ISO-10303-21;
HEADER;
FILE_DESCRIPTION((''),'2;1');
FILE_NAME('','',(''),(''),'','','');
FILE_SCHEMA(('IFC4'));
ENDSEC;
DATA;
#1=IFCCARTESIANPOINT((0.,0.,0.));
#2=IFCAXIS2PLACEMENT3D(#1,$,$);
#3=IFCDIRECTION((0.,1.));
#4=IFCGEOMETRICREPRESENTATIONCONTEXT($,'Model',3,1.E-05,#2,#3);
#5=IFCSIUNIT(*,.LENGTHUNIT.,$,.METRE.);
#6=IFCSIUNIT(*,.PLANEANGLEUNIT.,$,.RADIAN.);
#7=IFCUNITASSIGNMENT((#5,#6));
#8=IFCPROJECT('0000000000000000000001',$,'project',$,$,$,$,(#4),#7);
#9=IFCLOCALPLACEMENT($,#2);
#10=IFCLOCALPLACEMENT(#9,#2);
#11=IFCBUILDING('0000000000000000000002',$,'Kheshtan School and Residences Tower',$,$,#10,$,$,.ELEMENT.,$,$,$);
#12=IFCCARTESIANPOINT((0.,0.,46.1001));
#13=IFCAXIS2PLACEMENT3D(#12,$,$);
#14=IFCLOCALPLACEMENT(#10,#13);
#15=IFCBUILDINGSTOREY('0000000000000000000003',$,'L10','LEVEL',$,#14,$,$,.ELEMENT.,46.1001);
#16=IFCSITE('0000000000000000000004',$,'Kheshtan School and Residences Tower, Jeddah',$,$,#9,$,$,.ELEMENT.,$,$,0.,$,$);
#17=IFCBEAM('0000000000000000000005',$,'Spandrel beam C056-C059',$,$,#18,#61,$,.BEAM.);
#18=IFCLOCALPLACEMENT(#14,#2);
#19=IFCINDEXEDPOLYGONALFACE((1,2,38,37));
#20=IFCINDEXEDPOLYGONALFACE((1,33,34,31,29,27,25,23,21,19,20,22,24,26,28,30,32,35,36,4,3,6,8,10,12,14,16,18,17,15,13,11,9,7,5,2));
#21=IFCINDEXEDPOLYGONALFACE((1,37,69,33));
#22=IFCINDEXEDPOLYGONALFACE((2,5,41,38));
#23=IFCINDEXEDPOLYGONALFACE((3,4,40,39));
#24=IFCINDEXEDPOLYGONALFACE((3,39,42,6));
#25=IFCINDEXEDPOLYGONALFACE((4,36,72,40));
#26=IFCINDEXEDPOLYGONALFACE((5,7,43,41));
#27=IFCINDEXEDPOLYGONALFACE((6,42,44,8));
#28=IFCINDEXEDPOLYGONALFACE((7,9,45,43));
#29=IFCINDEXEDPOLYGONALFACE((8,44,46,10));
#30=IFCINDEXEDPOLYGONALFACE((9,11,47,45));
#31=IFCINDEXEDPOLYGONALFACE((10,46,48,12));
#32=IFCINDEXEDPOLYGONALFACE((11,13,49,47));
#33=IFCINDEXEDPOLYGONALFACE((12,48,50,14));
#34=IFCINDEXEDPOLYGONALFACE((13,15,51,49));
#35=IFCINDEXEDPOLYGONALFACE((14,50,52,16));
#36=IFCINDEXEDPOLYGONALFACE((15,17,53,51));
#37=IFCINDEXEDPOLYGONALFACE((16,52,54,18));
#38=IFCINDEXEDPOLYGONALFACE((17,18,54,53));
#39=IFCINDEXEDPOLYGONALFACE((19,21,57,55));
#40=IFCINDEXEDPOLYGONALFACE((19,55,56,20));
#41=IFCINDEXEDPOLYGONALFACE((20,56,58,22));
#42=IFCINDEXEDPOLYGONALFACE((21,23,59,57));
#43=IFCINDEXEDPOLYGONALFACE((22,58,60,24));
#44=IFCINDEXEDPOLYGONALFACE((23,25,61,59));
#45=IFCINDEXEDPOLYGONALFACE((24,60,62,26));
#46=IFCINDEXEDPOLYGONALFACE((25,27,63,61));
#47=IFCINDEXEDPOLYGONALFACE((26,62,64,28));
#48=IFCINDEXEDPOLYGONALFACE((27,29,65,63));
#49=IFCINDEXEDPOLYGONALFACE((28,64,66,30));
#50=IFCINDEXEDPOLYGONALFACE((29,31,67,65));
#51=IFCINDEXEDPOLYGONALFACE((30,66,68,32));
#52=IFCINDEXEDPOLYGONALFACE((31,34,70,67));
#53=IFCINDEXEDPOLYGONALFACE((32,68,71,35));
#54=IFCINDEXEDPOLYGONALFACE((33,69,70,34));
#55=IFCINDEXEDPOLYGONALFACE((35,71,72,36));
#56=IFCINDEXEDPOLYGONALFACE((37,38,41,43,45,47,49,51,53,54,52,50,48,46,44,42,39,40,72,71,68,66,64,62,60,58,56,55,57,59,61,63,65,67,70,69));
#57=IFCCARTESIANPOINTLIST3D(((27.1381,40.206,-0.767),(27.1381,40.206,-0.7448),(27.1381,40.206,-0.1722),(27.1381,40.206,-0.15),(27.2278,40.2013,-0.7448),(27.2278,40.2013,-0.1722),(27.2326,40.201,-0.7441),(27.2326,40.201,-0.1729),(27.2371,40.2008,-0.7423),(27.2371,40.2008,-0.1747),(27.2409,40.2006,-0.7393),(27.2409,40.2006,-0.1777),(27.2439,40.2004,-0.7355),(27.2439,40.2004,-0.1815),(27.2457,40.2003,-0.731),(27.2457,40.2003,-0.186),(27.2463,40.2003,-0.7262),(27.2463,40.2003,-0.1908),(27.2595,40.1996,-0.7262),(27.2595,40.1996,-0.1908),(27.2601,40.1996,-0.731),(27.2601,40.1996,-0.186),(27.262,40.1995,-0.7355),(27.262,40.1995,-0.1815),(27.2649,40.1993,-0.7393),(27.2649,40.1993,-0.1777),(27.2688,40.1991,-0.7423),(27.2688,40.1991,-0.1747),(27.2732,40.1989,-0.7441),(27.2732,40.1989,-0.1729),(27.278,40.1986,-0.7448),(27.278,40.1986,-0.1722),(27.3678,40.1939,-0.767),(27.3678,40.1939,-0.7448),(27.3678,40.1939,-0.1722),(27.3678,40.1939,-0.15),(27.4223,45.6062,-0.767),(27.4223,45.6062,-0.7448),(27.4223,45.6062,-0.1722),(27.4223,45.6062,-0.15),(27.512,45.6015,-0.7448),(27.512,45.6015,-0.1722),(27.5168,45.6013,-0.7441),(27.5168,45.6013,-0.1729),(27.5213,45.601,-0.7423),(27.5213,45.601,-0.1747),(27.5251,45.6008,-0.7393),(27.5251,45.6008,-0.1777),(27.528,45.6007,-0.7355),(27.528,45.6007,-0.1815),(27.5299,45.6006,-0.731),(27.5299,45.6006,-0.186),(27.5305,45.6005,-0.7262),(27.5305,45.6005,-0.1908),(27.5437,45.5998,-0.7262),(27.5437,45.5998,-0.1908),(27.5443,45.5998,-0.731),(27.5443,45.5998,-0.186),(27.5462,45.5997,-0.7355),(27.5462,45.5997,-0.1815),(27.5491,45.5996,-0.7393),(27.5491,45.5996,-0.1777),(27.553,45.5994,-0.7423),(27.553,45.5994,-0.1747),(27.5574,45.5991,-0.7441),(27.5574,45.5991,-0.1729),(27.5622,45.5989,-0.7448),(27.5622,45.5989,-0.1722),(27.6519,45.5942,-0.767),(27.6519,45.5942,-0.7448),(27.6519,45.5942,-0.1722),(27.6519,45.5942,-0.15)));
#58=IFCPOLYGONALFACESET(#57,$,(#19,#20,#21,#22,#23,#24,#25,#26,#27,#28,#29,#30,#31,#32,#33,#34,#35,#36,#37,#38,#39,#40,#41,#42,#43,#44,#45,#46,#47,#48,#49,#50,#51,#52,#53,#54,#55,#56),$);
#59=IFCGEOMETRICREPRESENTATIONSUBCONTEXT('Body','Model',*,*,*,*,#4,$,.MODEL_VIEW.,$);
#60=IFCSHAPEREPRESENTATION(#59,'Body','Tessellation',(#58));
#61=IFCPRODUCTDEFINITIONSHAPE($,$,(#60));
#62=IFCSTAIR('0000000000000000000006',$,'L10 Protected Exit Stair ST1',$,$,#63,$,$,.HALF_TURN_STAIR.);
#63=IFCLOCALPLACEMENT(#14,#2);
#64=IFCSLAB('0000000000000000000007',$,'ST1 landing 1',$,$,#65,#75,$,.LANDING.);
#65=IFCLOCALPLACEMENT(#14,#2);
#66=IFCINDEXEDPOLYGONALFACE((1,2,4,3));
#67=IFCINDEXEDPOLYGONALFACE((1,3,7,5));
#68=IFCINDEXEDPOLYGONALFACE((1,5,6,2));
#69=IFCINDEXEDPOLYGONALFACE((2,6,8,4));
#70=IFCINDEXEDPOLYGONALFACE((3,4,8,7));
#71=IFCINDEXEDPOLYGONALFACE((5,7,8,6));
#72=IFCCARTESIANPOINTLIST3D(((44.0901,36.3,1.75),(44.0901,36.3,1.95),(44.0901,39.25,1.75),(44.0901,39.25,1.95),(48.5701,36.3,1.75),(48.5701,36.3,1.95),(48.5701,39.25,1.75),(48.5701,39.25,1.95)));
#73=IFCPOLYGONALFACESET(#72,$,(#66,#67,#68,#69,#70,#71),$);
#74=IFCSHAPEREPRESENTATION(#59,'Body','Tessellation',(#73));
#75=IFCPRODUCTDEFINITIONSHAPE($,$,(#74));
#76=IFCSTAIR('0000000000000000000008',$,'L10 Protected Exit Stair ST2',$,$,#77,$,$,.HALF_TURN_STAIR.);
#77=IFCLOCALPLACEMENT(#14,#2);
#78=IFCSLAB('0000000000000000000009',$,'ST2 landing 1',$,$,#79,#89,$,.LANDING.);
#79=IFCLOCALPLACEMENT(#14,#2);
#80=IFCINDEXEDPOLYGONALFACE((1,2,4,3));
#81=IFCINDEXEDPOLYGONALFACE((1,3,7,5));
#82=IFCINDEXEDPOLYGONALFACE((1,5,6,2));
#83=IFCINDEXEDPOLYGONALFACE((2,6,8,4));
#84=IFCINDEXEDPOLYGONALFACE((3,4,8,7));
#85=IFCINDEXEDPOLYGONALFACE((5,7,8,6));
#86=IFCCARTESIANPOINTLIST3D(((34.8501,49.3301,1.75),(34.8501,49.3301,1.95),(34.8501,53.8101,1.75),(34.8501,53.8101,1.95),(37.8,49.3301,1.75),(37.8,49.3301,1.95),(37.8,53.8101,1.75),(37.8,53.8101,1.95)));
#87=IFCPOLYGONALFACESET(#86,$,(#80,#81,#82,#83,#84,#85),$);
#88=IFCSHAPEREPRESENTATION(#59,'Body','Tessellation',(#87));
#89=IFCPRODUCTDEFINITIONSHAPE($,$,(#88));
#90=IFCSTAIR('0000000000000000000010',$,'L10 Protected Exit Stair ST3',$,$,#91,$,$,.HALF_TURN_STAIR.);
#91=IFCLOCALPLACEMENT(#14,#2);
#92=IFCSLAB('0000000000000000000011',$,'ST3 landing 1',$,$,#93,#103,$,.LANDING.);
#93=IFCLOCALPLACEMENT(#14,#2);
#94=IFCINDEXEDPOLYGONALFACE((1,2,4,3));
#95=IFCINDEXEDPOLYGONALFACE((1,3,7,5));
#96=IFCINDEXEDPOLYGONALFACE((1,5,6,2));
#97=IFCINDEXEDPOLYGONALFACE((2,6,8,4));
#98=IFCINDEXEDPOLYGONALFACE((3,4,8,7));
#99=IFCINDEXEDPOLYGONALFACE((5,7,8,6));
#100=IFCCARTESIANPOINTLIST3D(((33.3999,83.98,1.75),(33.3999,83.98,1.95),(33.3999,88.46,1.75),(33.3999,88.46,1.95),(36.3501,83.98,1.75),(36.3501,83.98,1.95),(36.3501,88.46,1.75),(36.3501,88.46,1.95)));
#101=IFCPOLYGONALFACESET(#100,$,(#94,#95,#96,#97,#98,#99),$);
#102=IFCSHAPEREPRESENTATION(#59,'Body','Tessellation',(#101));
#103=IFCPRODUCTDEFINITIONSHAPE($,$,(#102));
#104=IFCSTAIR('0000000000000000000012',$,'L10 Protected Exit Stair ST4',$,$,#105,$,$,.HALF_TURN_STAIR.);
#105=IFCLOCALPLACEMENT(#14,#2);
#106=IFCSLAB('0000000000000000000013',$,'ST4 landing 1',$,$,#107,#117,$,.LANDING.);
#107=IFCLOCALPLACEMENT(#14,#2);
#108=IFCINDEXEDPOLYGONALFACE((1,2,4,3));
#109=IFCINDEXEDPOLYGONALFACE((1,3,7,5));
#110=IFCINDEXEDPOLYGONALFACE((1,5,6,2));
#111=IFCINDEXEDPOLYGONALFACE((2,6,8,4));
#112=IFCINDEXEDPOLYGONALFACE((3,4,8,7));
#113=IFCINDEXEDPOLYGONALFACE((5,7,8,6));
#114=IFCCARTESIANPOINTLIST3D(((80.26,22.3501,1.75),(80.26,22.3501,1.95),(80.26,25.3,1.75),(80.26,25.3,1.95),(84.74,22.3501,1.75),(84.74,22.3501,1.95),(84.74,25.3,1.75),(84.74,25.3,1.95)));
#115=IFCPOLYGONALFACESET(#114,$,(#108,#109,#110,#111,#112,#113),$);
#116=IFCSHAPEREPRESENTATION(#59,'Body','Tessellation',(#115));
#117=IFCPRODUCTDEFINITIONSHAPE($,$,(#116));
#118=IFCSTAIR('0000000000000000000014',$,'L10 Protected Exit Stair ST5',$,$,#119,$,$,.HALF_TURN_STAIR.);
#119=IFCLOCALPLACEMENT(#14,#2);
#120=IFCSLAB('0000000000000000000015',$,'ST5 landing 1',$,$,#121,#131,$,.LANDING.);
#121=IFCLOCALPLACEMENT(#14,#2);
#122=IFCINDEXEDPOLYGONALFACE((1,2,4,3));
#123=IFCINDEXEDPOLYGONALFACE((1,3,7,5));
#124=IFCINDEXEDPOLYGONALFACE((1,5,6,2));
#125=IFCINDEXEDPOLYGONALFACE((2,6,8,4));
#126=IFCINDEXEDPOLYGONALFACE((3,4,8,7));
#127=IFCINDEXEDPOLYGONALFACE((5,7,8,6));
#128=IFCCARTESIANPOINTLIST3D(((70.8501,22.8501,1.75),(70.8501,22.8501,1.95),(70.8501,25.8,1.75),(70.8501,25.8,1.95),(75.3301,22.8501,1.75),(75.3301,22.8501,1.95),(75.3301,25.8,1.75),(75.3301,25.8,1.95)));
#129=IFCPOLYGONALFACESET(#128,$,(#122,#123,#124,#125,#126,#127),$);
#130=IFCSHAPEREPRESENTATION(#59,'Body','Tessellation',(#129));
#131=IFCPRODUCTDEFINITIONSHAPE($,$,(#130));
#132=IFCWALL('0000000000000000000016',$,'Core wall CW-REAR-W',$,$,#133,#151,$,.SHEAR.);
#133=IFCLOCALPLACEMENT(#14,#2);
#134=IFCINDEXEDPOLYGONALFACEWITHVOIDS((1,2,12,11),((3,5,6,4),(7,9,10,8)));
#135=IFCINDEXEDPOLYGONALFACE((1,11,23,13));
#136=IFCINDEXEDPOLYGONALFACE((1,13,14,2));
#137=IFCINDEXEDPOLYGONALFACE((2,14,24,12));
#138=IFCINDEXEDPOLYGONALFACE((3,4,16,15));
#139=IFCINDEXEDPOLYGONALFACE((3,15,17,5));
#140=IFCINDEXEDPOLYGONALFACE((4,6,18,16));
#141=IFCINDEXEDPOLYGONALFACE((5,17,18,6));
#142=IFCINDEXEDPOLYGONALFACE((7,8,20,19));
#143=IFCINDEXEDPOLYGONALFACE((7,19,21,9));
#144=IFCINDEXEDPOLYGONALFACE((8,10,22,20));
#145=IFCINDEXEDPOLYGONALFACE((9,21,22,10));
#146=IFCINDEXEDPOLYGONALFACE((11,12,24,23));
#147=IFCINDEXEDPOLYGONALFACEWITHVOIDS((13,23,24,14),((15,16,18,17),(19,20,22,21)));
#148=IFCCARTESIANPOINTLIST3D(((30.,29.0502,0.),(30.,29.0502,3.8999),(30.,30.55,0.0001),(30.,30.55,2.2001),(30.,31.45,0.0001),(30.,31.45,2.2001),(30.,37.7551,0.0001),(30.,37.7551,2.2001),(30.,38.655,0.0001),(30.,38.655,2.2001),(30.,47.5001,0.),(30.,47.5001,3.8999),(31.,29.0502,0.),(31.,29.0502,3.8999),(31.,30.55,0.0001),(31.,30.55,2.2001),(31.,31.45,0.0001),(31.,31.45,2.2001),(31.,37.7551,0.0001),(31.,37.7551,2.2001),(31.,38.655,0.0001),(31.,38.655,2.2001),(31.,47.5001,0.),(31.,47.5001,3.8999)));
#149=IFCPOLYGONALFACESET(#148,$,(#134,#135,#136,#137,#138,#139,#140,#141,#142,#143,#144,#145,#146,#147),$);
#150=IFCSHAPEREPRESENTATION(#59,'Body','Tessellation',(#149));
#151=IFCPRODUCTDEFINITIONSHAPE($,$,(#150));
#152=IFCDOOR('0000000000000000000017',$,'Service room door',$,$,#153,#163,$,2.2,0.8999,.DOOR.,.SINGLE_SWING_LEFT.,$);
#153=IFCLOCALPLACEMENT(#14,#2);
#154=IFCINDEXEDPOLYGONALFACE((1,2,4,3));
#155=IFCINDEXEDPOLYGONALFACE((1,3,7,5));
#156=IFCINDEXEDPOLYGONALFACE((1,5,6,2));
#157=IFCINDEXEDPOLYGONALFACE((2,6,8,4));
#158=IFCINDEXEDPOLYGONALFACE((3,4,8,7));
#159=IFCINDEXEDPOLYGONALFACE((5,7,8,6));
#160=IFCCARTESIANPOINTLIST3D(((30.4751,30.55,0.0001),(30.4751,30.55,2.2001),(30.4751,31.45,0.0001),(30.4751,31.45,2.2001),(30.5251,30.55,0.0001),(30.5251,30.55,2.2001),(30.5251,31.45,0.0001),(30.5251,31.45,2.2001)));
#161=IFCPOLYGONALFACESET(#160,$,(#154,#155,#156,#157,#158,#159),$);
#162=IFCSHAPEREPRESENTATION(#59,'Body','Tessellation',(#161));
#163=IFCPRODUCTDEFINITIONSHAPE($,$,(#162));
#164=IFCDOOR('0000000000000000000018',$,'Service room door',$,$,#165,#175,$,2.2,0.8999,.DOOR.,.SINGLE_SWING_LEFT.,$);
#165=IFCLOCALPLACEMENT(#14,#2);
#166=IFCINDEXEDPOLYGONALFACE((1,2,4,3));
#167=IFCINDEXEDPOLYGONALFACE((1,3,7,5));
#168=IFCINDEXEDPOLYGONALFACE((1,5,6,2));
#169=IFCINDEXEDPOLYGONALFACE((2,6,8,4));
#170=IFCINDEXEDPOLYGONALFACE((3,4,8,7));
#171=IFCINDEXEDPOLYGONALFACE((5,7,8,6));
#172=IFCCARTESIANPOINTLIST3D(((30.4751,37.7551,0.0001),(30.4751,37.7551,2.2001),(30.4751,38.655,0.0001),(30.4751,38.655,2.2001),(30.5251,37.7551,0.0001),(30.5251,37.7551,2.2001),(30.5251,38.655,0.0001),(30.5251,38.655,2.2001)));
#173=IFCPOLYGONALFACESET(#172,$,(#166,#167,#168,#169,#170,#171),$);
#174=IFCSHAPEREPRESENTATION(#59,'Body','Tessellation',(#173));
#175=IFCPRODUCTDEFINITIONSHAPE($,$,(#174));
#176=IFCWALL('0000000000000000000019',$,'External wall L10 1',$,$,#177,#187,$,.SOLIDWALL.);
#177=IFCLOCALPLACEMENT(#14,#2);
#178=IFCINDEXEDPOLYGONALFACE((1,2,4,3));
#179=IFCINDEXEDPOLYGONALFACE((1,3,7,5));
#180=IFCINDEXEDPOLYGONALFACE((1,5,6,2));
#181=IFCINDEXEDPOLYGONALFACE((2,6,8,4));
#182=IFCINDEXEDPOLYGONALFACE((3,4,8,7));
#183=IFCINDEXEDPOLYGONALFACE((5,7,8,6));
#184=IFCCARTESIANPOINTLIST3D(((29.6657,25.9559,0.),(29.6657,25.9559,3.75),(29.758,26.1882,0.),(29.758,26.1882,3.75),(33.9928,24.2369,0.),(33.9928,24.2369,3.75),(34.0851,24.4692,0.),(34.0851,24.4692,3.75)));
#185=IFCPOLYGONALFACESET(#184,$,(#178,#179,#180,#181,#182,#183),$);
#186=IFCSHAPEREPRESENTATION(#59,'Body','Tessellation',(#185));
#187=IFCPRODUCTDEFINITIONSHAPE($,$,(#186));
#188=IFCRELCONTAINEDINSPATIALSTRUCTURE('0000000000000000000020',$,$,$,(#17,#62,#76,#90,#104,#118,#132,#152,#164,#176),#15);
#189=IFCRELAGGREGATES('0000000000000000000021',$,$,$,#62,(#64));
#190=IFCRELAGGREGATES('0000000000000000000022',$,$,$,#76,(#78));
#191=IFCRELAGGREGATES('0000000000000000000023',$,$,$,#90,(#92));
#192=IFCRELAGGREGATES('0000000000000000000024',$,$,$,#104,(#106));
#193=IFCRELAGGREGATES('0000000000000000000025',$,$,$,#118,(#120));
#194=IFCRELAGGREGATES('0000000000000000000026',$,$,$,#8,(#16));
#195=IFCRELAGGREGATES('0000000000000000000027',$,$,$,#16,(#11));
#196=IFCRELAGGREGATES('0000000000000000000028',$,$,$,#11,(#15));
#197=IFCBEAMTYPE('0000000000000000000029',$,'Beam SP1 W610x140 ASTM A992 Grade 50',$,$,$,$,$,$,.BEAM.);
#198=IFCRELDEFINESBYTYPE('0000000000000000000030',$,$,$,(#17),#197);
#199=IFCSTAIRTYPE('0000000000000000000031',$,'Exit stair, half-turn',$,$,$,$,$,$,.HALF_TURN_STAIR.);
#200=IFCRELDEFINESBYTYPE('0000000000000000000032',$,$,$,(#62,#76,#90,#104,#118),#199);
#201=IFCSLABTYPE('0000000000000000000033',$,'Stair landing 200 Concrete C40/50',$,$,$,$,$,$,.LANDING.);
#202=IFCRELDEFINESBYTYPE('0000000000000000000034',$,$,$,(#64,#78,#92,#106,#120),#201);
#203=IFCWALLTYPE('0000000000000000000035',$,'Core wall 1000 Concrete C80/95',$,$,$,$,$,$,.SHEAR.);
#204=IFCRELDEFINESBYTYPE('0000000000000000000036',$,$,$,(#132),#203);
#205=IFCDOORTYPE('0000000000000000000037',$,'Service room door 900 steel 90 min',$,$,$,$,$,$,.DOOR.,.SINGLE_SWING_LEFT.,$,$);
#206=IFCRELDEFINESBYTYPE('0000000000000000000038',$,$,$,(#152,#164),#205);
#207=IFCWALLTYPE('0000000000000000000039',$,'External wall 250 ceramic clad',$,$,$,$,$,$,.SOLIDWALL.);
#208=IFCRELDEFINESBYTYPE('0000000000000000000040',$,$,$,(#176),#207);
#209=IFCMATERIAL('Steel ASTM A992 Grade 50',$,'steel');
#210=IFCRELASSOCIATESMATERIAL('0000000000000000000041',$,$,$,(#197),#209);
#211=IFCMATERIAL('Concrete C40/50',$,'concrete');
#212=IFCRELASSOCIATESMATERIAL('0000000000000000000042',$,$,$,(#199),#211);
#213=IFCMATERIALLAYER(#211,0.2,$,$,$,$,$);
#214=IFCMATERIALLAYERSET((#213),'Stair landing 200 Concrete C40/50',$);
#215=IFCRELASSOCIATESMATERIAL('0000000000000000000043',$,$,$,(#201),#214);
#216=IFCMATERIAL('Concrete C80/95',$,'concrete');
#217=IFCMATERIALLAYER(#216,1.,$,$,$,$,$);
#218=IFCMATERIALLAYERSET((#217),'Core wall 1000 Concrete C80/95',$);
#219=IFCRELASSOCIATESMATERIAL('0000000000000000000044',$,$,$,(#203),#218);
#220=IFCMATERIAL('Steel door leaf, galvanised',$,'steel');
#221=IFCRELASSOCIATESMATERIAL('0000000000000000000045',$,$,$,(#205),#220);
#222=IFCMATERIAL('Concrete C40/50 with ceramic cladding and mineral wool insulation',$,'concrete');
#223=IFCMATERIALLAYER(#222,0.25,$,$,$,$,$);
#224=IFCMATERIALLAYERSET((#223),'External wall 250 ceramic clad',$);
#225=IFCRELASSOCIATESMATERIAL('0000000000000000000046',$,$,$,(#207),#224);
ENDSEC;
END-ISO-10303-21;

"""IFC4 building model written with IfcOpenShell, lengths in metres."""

from ifc_helpers import new_model, si_unit, direction, frame, frame_2d, origin, origin_2d, place, context, subcontext, project, spatial, polyline, rectangle, i_section, outline, extrude, source, transform, mapped, material, layer, layer_set, material_profile, profile_set, type_object, element, fill, aggregate, save


model = new_model("IFC4")

# Units and contexts
model_context = context("Model", 3, precision=1e-05, world=origin(), true_north=direction((0.0, 1.0)))
body_context = subcontext(model_context, "Body", "Model", "MODEL_VIEW")
ifc_project = project(units=[si_unit("LENGTHUNIT", "METRE"), si_unit("PLANEANGLEUNIT", "RADIAN")], contexts=[model_context])

# Site, building, storey
site_placement = place(None, origin())
site = spatial("IfcSite", under=ifc_project, at=site_placement, Name="Kheshtan School and Residences Tower, Jeddah", CompositionType="ELEMENT", RefElevation=0.0)
building_placement = place(site_placement, origin())
building = spatial("IfcBuilding", under=site, at=building_placement, Name="Kheshtan School and Residences Tower", CompositionType="ELEMENT")
storey_placement = place(building_placement, frame((0.0, 0.0, 46.1001)))
storey = spatial("IfcBuildingStorey", under=building, at=storey_placement, Name="L10", Description="LEVEL", CompositionType="ELEMENT", Elevation=46.1001)

# Shared definitions
ifc_material_1 = material(Name="Steel ASTM A992 Grade 50", Category="steel")

# Beam
ifc_material_profile_1 = material_profile(ifc_material_1, i_section(OverallWidth=0.23, OverallDepth=0.6169, WebThickness=0.0132, FlangeThickness=0.0222, FilletRadius=0.0186, at=origin_2d()), Name="W610x140")
ifc_profile_set_1 = profile_set([ifc_material_profile_1], Name="Steel ASTM A992 Grade 50")
beam_type_1 = type_object("IfcBeamType", Name="Beam SP1 W610x140 ASTM A992 Grade 50", PredefinedType="BEAM", material=ifc_profile_set_1)
beam_1_placement = place(storey_placement, frame((27.2529, 40.2, -0.4585), z_axis=(0.052552, 0.998618, 0.0), x_axis=(-0.998618, 0.052552, 0.0)))
element("IfcBeam", 1, at=beam_1_placement, inside=storey, type_object=beam_type_1, Name="Spandrel beam C056-C059", PredefinedType="BEAM", context=body_context, shape_type="SweptSolid", body=[
    extrude(i_section(OverallWidth=0.23, OverallDepth=0.6169, WebThickness=0.0132, FlangeThickness=0.0222, FilletRadius=0.0186, at=origin_2d()), origin(), (0.0, 0.0, 1.0), 5.4077),
])

# Shared definitions
ifc_material_2 = material(Name="Concrete C40/50", Category="concrete")

# Stairs, slabs
stair_type = type_object("IfcStairType", Name="Exit stair, half-turn", PredefinedType="HALF_TURN_STAIR", material=ifc_material_2)
stair_1_placement = place(storey_placement, origin())
stair_1 = element("IfcStair", 2, at=stair_1_placement, inside=storey, type_object=stair_type, Name="L10 Protected Exit Stair ST1", PredefinedType="HALF_TURN_STAIR")
ifc_layer_1 = layer(ifc_material_2, 0.2)
ifc_layer_set_1 = layer_set([ifc_layer_1], Name="Stair landing 200 Concrete C40/50")
slab_type_1 = type_object("IfcSlabType", Name="Stair landing 200 Concrete C40/50", PredefinedType="LANDING", material=ifc_layer_set_1)
slab_1_placement = place(storey_placement, frame((0.0, 0.0, 1.75)))
slab_1 = element("IfcSlab", 3, at=slab_1_placement, type_object=slab_type_1, Name="ST1 landing 1", PredefinedType="LANDING", context=body_context, shape_type="SweptSolid", body=[
    extrude(outline(polyline([(48.5701, 39.25), (44.0901, 39.25), (44.0901, 36.3), (48.5701, 36.3), (48.5701, 39.25)])), origin(), (0.0, 0.0, 1.0), 0.2),
])
aggregate(stair_1, [slab_1])
stair_2_placement = place(storey_placement, origin())
stair_2 = element("IfcStair", 4, at=stair_2_placement, inside=storey, type_object=stair_type, Name="L10 Protected Exit Stair ST2", PredefinedType="HALF_TURN_STAIR")
slab_2_placement = place(storey_placement, frame((0.0, 0.0, 1.75)))
slab_2 = element("IfcSlab", 5, at=slab_2_placement, type_object=slab_type_1, Name="ST2 landing 1", PredefinedType="LANDING", context=body_context, shape_type="SweptSolid", body=[
    extrude(outline(polyline([(37.8, 49.3301), (37.8, 53.8101), (34.8501, 53.8101), (34.8501, 49.3301), (37.8, 49.3301)])), origin(), (0.0, 0.0, 1.0), 0.2),
])
aggregate(stair_2, [slab_2])
stair_3_placement = place(storey_placement, origin())
stair_3 = element("IfcStair", 6, at=stair_3_placement, inside=storey, type_object=stair_type, Name="L10 Protected Exit Stair ST3", PredefinedType="HALF_TURN_STAIR")
slab_3_placement = place(storey_placement, frame((0.0, 0.0, 1.75)))
slab_3 = element("IfcSlab", 7, at=slab_3_placement, type_object=slab_type_1, Name="ST3 landing 1", PredefinedType="LANDING", context=body_context, shape_type="SweptSolid", body=[
    extrude(outline(polyline([(36.3501, 83.98), (36.3501, 88.46), (33.3999, 88.46), (33.3999, 83.98), (36.3501, 83.98)])), origin(), (0.0, 0.0, 1.0), 0.2),
])
aggregate(stair_3, [slab_3])
stair_4_placement = place(storey_placement, origin())
stair_4 = element("IfcStair", 8, at=stair_4_placement, inside=storey, type_object=stair_type, Name="L10 Protected Exit Stair ST4", PredefinedType="HALF_TURN_STAIR")
slab_4_placement = place(storey_placement, frame((0.0, 0.0, 1.75)))
slab_4 = element("IfcSlab", 9, at=slab_4_placement, type_object=slab_type_1, Name="ST4 landing 1", PredefinedType="LANDING", context=body_context, shape_type="SweptSolid", body=[
    extrude(outline(polyline([(84.74, 25.3), (80.26, 25.3), (80.26, 22.3501), (84.74, 22.3501), (84.74, 25.3)])), origin(), (0.0, 0.0, 1.0), 0.2),
])
aggregate(stair_4, [slab_4])
stair_5_placement = place(storey_placement, origin())
stair_5 = element("IfcStair", 10, at=stair_5_placement, inside=storey, type_object=stair_type, Name="L10 Protected Exit Stair ST5", PredefinedType="HALF_TURN_STAIR")
slab_5_placement = place(storey_placement, frame((0.0, 0.0, 1.75)))
slab_5 = element("IfcSlab", 11, at=slab_5_placement, type_object=slab_type_1, Name="ST5 landing 1", PredefinedType="LANDING", context=body_context, shape_type="SweptSolid", body=[
    extrude(outline(polyline([(75.3301, 25.8), (70.8501, 25.8), (70.8501, 22.8501), (75.3301, 22.8501), (75.3301, 25.8)])), origin(), (0.0, 0.0, 1.0), 0.2),
])
aggregate(stair_5, [slab_5])

# Wall, openings, doors
ifc_material_3 = material(Name="Concrete C80/95", Category="concrete")
ifc_layer_2 = layer(ifc_material_3, 1.0)
ifc_layer_set_2 = layer_set([ifc_layer_2], Name="Core wall 1000 Concrete C80/95")
wall_type_1 = type_object("IfcWallType", Name="Core wall 1000 Concrete C80/95", PredefinedType="SHEAR", material=ifc_layer_set_2)
wall_1_placement = place(storey_placement, frame((30.5, 29.05, 0.0), z_axis=(0.0, 0.0, 1.0), x_axis=(0.0, 1.0, 0.0)))
wall_1 = element("IfcWall", 12, at=wall_1_placement, inside=storey, type_object=wall_type_1, Name="Core wall CW-REAR-W", PredefinedType="SHEAR", context=body_context, shape_type="SweptSolid", body=[
    extrude(rectangle(XDim=18.45, YDim=1.0, at=frame_2d((9.2251, 0.0))), origin(), (0.0, 0.0, 1.0), 3.8999),
])
opening_1_placement = place(wall_1_placement, frame((1.5, 0.0, 0.0)))
opening_1 = element("IfcOpeningElement", 13, at=opening_1_placement, cuts=wall_1, PredefinedType="OPENING", context=body_context, shape_type="SweptSolid", body=[
    extrude(rectangle(XDim=0.8999, YDim=2.2, at=frame_2d((0.45, 1.1001))), frame((0.0, 0.51, 0.0), z_axis=(0.0, -1.0, 0.0), x_axis=(1.0, 0.0, 0.0)), (0.0, 0.0, 1.0), 1.02),
])
opening_2_placement = place(wall_1_placement, frame((8.7051, 0.0, 0.0)))
opening_2 = element("IfcOpeningElement", 14, at=opening_2_placement, cuts=wall_1, PredefinedType="OPENING", context=body_context, shape_type="SweptSolid", body=[
    extrude(rectangle(XDim=0.8999, YDim=2.2, at=frame_2d((0.45, 1.1001))), frame((0.0, 0.51, 0.0), z_axis=(0.0, -1.0, 0.0), x_axis=(1.0, 0.0, 0.0)), (0.0, 0.0, 1.0), 1.02),
])
ifc_material_4 = material(Name="Steel door leaf, galvanised", Category="steel")
door_type = type_object("IfcDoorType", Name="Service room door 900 steel 90 min", OperationType="SINGLE_SWING_LEFT", PredefinedType="DOOR", material=ifc_material_4)
shared_shape = source(origin(), body_context, "Body", "SweptSolid", [
    extrude(rectangle(XDim=0.8999, YDim=2.2, at=frame_2d((0.45, 1.1001))), frame((0.0, 0.0249, 0.0), z_axis=(0.0, -1.0, 0.0), x_axis=(1.0, 0.0, 0.0)), (0.0, 0.0, 1.0), 0.05),
])
door_1_placement = place(opening_1_placement, origin())
door_1 = element("IfcDoor", 15, at=door_1_placement, inside=storey, type_object=door_type, Name="Service room door", OperationType="SINGLE_SWING_LEFT", OverallHeight=2.2, OverallWidth=0.8999, PredefinedType="DOOR", context=body_context, shape_type="MappedRepresentation", body=[
    mapped(shared_shape, transform((0.0, 0.0, 0.0), x_axis=(1.0, 0.0, 0.0), y_axis=(0.0, 1.0, 0.0), z_axis=(0.0, 0.0, 1.0), scale=1.0)),
])
fill(opening_1, door_1)
door_2_placement = place(opening_2_placement, origin())
door_2 = element("IfcDoor", 16, at=door_2_placement, inside=storey, type_object=door_type, Name="Service room door", OperationType="SINGLE_SWING_LEFT", OverallHeight=2.2, OverallWidth=0.8999, PredefinedType="DOOR", context=body_context, shape_type="MappedRepresentation", body=[
    mapped(shared_shape, transform((0.0, 0.0, 0.0), x_axis=(1.0, 0.0, 0.0), y_axis=(0.0, 1.0, 0.0), z_axis=(0.0, 0.0, 1.0), scale=1.0)),
])
fill(opening_2, door_2)

# Wall
ifc_material_5 = material(Name="Concrete C40/50 with ceramic cladding and mineral wool insulation", Category="concrete")
ifc_layer_3 = layer(ifc_material_5, 0.25)
ifc_layer_set_3 = layer_set([ifc_layer_3], Name="External wall 250 ceramic clad")
wall_type_2 = type_object("IfcWallType", Name="External wall 250 ceramic clad", PredefinedType="SOLIDWALL", material=ifc_layer_set_3)
wall_2_placement = place(storey_placement, frame((34.0391, 24.353, 0.0), z_axis=(0.0, 0.0, 1.0), x_axis=(-0.929353, 0.369193, 0.0)))
element("IfcWall", 17, at=wall_2_placement, inside=storey, type_object=wall_type_2, Name="External wall L10 1", PredefinedType="SOLIDWALL", context=body_context, shape_type="SweptSolid", body=[
    extrude(rectangle(XDim=4.656, YDim=0.25, at=frame_2d((2.3281, 0.0))), origin(), (0.0, 0.0, 1.0), 3.75),
])

save(model, "model.ifc")
